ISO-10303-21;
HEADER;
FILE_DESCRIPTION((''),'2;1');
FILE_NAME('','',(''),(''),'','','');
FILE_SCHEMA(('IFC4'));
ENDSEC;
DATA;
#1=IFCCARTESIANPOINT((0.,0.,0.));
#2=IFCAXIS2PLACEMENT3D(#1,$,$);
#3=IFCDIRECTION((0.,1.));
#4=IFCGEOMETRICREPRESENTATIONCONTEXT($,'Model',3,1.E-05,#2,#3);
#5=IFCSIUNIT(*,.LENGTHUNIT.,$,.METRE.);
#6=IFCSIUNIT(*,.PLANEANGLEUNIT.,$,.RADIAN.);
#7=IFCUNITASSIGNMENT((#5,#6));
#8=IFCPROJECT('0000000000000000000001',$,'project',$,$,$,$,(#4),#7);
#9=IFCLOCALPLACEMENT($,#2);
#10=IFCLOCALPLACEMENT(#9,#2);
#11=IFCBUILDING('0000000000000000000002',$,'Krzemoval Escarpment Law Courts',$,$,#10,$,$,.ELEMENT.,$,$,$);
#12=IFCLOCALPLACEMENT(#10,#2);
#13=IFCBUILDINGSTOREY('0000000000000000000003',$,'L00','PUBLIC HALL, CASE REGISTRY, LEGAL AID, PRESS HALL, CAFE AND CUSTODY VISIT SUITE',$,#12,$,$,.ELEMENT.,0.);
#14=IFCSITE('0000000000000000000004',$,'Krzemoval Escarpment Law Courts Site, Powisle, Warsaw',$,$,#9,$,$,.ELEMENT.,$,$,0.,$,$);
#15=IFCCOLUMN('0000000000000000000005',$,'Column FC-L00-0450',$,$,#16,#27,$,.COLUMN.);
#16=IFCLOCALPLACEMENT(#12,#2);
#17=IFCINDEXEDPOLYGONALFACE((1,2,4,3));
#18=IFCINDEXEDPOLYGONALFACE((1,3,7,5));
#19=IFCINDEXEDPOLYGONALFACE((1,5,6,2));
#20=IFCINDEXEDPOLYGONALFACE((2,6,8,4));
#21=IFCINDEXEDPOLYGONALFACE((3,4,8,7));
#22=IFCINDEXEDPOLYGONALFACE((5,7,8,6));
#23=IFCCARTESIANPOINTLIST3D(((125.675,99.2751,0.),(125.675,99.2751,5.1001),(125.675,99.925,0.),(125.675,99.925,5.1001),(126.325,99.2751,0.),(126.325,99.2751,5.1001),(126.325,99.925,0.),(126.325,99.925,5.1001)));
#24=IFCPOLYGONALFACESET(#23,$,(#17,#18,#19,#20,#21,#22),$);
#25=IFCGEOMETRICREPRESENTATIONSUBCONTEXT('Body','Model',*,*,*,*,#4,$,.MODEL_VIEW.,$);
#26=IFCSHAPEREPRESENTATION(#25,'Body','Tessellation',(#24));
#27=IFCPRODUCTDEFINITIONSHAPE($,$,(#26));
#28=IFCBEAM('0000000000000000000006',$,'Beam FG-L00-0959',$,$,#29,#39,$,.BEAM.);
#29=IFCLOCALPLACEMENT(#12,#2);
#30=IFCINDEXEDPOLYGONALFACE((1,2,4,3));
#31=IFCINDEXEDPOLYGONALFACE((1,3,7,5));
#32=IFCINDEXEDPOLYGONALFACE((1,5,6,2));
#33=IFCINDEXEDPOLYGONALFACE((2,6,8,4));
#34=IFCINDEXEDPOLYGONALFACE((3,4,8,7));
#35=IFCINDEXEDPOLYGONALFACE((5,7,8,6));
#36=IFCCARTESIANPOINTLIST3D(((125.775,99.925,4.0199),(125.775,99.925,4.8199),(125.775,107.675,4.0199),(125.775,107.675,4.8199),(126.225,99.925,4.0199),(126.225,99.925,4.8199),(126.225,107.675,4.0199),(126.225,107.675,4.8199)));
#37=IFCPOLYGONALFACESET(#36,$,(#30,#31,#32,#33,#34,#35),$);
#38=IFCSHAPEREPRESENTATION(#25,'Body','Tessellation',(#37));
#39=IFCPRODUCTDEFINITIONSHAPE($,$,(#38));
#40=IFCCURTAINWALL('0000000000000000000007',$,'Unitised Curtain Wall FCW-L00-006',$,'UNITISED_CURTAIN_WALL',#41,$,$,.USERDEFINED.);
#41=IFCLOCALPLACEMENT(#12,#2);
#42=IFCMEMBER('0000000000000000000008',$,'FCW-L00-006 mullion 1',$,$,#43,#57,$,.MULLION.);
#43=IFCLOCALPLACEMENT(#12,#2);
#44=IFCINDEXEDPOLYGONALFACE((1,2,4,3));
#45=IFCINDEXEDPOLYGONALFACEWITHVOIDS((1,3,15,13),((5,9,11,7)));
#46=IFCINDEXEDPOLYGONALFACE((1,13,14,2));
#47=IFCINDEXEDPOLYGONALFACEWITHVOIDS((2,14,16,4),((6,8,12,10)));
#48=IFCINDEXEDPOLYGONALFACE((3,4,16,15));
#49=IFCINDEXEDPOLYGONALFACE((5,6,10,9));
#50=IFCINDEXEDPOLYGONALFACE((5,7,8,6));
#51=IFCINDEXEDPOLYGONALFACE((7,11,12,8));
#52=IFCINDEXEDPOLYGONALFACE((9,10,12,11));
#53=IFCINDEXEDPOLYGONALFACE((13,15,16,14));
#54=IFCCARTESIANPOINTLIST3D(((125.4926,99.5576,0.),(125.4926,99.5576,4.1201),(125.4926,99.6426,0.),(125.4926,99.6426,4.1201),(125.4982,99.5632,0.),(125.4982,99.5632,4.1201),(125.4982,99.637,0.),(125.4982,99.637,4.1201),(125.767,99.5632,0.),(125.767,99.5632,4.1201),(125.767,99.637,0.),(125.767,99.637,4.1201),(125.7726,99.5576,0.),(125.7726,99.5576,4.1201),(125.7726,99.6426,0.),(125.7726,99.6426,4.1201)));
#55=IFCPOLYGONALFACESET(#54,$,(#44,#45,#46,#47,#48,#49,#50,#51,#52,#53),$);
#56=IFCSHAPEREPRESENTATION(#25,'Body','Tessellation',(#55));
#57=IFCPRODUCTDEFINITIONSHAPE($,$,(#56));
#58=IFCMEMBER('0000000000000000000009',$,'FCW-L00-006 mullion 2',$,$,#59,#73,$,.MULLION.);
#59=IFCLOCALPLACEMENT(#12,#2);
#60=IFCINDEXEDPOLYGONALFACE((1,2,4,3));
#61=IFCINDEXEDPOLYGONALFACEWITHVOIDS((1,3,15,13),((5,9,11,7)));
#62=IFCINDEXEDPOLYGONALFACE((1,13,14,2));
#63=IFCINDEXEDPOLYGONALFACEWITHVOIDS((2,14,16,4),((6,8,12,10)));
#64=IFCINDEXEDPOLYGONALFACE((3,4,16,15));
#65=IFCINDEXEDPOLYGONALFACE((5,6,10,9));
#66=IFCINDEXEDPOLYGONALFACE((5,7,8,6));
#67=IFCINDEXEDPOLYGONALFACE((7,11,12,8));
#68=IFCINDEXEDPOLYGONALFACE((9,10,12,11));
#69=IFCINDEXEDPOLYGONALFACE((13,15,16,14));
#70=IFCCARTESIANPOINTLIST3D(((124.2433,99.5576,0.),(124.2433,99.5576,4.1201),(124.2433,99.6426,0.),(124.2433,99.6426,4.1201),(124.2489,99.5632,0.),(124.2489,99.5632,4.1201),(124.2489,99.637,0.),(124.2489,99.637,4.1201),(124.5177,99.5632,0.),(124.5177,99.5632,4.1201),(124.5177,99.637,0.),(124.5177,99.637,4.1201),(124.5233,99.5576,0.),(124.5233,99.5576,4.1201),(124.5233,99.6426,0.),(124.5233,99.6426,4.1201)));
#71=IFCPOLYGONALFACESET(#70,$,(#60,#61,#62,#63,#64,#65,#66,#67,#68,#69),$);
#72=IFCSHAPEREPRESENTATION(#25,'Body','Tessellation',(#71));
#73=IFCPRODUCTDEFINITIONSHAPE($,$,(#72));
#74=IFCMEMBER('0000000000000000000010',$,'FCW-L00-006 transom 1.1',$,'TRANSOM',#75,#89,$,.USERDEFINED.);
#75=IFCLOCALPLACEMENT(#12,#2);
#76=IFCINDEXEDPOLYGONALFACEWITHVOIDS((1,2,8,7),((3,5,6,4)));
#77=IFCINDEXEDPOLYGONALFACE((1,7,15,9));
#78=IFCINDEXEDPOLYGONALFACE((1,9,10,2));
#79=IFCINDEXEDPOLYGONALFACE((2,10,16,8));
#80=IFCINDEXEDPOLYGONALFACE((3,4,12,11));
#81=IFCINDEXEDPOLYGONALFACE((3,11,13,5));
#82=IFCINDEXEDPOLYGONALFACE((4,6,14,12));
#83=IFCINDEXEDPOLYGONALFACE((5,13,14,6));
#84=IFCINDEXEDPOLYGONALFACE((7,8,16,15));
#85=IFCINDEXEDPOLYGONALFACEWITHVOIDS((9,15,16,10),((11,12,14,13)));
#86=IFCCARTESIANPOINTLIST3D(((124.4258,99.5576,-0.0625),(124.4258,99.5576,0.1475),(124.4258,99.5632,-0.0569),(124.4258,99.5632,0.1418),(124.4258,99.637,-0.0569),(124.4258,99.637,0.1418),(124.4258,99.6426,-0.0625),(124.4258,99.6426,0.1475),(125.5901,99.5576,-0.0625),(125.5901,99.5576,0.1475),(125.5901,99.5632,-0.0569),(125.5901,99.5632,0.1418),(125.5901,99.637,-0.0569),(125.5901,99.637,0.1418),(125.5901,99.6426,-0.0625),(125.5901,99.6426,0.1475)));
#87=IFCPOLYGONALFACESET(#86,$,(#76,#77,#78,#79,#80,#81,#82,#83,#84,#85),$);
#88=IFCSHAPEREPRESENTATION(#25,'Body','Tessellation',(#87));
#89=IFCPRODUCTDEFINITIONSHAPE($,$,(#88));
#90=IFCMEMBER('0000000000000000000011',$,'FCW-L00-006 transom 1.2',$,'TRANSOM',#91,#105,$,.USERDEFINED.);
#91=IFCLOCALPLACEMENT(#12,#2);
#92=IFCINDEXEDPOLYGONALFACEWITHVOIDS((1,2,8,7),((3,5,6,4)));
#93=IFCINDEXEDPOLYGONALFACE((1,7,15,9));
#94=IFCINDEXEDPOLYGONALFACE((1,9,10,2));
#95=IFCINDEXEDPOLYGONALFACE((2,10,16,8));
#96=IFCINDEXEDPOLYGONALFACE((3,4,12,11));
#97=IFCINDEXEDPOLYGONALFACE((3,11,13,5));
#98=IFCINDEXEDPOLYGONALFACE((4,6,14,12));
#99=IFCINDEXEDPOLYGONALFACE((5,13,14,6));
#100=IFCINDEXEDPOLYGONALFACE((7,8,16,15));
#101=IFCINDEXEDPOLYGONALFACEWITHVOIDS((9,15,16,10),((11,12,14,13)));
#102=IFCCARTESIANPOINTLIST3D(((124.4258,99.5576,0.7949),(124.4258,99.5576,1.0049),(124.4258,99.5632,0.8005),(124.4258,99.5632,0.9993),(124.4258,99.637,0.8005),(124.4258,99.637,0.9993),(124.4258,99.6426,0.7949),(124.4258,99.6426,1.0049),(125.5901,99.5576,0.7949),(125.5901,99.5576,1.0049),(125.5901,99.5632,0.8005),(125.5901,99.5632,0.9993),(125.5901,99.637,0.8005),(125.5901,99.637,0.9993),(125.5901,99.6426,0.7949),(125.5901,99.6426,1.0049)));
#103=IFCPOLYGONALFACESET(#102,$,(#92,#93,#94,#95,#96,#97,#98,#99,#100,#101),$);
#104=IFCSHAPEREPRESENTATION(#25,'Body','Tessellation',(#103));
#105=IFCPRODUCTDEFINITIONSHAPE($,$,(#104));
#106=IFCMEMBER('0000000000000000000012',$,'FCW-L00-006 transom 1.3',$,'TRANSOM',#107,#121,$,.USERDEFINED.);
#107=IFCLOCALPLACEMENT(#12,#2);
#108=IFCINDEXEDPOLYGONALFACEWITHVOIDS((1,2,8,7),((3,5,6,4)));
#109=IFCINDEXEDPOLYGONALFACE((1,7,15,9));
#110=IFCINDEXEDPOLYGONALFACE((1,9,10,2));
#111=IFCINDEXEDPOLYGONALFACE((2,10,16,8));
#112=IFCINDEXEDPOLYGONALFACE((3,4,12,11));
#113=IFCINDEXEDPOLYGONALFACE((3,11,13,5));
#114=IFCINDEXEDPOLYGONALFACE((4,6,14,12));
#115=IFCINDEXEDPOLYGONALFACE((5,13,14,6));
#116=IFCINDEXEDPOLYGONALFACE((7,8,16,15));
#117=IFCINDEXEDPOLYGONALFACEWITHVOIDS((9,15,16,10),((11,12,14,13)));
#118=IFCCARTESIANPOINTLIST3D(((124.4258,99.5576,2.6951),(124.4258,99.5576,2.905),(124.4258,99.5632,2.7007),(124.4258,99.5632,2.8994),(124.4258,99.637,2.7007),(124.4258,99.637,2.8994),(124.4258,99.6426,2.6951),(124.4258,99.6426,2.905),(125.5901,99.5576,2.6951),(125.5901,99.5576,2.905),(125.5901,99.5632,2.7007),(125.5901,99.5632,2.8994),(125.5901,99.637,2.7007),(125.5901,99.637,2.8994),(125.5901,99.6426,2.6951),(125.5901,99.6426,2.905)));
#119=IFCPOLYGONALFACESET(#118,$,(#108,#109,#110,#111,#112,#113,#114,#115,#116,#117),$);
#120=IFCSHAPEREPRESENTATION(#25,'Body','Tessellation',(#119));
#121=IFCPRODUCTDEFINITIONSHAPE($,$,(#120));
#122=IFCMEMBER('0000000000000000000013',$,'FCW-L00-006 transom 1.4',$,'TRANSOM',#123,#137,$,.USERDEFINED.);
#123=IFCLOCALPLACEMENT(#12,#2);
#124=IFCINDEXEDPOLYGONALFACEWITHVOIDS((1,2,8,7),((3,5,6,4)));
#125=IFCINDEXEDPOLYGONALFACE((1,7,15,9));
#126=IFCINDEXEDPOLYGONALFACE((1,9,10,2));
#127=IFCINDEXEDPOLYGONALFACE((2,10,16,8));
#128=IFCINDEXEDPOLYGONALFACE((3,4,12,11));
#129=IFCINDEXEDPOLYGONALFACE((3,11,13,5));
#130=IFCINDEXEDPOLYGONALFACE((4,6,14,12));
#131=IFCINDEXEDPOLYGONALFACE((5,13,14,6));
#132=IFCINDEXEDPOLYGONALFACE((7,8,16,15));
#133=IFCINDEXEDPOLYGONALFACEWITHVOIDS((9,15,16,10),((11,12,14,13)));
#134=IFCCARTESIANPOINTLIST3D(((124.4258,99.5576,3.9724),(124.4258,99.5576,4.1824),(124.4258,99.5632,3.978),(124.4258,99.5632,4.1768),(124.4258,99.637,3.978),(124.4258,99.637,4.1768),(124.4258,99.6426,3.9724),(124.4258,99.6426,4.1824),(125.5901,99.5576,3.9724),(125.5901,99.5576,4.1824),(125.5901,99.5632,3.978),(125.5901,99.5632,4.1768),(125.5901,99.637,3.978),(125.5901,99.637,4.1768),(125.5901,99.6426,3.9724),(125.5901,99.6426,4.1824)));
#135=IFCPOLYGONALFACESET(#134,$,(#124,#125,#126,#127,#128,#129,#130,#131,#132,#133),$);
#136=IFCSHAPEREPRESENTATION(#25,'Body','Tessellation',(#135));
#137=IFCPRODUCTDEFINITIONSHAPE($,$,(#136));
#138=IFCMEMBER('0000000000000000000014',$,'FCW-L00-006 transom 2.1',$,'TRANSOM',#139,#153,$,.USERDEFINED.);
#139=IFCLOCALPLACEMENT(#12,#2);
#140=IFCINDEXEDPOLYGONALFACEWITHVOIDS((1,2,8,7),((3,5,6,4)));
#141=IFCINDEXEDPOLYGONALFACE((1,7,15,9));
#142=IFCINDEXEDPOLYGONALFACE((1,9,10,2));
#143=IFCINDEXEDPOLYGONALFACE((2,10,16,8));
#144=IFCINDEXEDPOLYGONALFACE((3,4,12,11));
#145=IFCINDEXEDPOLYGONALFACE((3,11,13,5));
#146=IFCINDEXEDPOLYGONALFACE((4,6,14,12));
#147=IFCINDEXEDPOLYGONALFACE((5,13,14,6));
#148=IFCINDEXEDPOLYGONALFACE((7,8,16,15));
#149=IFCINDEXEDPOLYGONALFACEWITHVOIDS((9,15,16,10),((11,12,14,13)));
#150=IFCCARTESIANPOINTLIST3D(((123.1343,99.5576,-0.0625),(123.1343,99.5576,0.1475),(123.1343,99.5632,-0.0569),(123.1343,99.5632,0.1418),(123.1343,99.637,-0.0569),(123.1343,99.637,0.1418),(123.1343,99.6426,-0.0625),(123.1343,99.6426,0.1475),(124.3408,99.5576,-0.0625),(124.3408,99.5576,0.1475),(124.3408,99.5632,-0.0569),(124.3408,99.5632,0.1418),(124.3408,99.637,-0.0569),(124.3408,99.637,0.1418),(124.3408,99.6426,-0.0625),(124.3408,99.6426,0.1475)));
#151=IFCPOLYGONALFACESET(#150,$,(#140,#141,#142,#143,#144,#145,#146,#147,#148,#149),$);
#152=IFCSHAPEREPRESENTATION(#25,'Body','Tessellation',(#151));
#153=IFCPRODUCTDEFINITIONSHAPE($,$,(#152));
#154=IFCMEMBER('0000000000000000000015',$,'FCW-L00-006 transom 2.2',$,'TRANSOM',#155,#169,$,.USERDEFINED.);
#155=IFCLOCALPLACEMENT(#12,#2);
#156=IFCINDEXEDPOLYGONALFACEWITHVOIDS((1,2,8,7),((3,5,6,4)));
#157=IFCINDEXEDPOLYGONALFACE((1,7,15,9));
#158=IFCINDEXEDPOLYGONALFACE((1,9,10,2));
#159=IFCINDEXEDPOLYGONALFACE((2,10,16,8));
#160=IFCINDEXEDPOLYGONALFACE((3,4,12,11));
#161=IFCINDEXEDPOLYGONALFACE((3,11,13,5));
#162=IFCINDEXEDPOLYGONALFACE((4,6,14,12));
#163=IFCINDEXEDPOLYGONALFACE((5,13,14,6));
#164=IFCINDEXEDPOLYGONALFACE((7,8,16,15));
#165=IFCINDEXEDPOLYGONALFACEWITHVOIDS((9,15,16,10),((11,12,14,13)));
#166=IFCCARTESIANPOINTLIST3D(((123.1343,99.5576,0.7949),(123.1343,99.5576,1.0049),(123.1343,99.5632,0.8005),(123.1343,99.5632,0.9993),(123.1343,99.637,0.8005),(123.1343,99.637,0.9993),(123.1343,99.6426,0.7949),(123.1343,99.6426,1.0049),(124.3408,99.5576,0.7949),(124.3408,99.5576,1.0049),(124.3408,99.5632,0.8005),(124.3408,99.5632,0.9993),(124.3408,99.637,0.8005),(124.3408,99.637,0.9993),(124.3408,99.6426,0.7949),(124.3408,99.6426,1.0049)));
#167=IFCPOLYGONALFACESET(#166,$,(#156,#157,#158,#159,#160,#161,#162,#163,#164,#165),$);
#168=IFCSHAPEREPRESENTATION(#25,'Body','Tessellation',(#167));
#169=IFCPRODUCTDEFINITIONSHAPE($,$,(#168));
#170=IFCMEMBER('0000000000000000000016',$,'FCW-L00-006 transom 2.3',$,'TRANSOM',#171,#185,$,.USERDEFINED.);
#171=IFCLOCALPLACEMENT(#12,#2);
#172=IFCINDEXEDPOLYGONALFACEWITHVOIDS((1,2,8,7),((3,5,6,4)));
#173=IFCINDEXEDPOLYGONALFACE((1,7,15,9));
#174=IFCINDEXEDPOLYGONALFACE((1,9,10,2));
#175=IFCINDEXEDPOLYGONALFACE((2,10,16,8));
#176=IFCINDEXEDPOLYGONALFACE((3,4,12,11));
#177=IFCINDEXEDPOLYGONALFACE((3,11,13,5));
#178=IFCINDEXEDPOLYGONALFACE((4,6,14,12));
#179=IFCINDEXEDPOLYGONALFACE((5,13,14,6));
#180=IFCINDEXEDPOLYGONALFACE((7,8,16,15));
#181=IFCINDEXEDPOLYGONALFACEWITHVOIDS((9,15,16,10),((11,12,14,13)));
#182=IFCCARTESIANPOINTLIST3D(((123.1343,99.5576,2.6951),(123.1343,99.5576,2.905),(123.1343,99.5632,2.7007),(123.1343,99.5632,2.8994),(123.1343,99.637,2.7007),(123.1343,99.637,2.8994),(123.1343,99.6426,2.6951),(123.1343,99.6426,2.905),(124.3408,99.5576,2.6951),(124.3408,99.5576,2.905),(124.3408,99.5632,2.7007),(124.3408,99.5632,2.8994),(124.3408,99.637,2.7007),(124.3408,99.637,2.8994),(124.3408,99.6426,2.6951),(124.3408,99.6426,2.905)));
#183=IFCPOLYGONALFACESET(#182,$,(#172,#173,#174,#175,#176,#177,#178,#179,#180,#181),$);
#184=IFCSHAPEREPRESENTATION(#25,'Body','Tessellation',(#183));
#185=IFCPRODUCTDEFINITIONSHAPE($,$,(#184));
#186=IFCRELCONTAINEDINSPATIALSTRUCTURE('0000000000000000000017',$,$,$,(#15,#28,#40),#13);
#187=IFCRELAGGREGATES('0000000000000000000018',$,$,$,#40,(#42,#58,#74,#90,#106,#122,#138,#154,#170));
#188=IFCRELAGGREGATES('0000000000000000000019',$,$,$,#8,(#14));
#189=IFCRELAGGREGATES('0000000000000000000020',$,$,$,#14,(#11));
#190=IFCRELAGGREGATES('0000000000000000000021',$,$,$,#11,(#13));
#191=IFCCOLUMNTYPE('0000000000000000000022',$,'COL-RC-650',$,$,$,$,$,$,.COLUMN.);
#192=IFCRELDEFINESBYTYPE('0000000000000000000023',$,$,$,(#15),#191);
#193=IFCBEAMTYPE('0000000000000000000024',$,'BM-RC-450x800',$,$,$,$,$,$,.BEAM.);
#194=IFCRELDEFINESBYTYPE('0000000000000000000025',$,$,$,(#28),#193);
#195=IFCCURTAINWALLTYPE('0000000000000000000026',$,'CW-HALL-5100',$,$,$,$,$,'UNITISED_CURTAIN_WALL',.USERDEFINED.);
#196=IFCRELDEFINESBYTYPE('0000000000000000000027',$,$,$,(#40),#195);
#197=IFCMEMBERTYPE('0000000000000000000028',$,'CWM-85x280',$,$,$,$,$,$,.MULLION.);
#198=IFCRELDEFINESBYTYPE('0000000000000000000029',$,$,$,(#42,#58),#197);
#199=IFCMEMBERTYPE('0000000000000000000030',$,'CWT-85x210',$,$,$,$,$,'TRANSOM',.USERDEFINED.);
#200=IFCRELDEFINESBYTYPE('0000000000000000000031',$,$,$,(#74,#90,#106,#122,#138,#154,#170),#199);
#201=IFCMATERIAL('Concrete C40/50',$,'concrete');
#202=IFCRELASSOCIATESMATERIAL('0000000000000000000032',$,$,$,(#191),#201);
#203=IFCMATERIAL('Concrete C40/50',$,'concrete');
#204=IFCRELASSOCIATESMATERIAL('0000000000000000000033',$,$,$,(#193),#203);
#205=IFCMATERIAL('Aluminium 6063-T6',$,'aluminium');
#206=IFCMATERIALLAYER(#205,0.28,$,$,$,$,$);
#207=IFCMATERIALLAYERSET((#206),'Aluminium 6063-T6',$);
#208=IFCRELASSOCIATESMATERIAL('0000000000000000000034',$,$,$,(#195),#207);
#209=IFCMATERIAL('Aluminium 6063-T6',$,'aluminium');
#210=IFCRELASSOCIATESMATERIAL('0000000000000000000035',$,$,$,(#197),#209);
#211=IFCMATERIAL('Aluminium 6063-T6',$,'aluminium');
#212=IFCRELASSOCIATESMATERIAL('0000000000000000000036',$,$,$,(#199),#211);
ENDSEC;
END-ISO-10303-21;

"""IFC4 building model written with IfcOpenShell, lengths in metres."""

from ifc_helpers import new_model, si_unit, direction, frame, origin, origin_2d, place, context, subcontext, project, spatial, rectangle, hollow_rectangle, extrude, material, layer, layer_set, material_profile, profile_set, type_object, element, aggregate, save


model = new_model("IFC4")

# Units and contexts
model_context = context("Model", 3, precision=1e-05, world=origin(), true_north=direction((0.0, 1.0)))
body_context = subcontext(model_context, "Body", "Model", "MODEL_VIEW")
ifc_project = project(units=[si_unit("LENGTHUNIT", "METRE"), si_unit("PLANEANGLEUNIT", "RADIAN")], contexts=[model_context])

# Site, building, storey
site_placement = place(None, origin())
site = spatial("IfcSite", under=ifc_project, at=site_placement, Name="Krzemoval Escarpment Law Courts Site, Powisle, Warsaw", CompositionType="ELEMENT", RefElevation=0.0)
building_placement = place(site_placement, origin())
building = spatial("IfcBuilding", under=site, at=building_placement, Name="Krzemoval Escarpment Law Courts", CompositionType="ELEMENT")
storey_placement = place(building_placement, origin())
storey = spatial("IfcBuildingStorey", under=building, at=storey_placement, Name="L00", Description="PUBLIC HALL, CASE REGISTRY, LEGAL AID, PRESS HALL, CAFE AND CUSTODY VISIT SUITE", CompositionType="ELEMENT", Elevation=0.0)

# Column
ifc_material_1 = material(Name="Concrete C40/50", Category="concrete")
ifc_material_profile_1 = material_profile(ifc_material_1, rectangle(XDim=0.6499, YDim=0.6499, at=origin_2d()), Name="RC 650x650")
ifc_profile_set_1 = profile_set([ifc_material_profile_1], Name="Concrete C40/50")
column_type = type_object("IfcColumnType", Name="COL-RC-650", PredefinedType="COLUMN", material=ifc_profile_set_1)
column_placement = place(storey_placement, frame((126.0, 99.6001, 0.0), z_axis=(0.0, 0.0, 1.0), x_axis=(1.0, 0.0, 0.0)))
element("IfcColumn", 1, at=column_placement, inside=storey, type_object=column_type, Name="Column FC-L00-0450", PredefinedType="COLUMN", context=body_context, shape_type="SweptSolid", body=[
    extrude(rectangle(XDim=0.6499, YDim=0.6499, at=origin_2d()), origin(), (0.0, 0.0, 1.0), 5.1001),
])

# Beam
ifc_material_2 = material(Name="Concrete C40/50", Category="concrete")
ifc_material_profile_2 = material_profile(ifc_material_2, rectangle(XDim=0.45, YDim=0.8, at=origin_2d()), Name="RCB 450x800")
ifc_profile_set_2 = profile_set([ifc_material_profile_2], Name="Concrete C40/50")
beam_type = type_object("IfcBeamType", Name="BM-RC-450x800", PredefinedType="BEAM", material=ifc_profile_set_2)
beam_placement = place(storey_placement, frame((126.0, 99.925, 4.4199), z_axis=(0.0, 1.0, 0.0), x_axis=(-1.0, 0.0, 0.0)))
element("IfcBeam", 2, at=beam_placement, inside=storey, type_object=beam_type, Name="Beam FG-L00-0959", PredefinedType="BEAM", context=body_context, shape_type="SweptSolid", body=[
    extrude(rectangle(XDim=0.45, YDim=0.8, at=origin_2d()), origin(), (0.0, 0.0, 1.0), 7.75),
])

# Curtain wall, members
ifc_material_3 = material(Name="Aluminium 6063-T6", Category="aluminium")
ifc_layer_1 = layer(ifc_material_3, 0.28)
ifc_layer_set_1 = layer_set([ifc_layer_1], Name="Aluminium 6063-T6")
curtain_wall_type = type_object("IfcCurtainWallType", Name="CW-HALL-5100", ElementType="UNITISED_CURTAIN_WALL", PredefinedType="USERDEFINED", material=ifc_layer_set_1)
curtain_wall_placement = place(storey_placement, origin())
curtain_wall = element("IfcCurtainWall", 3, at=curtain_wall_placement, inside=storey, type_object=curtain_wall_type, Name="Unitised Curtain Wall FCW-L00-006", ObjectType="UNITISED_CURTAIN_WALL", PredefinedType="USERDEFINED")
ifc_material_4 = material(Name="Aluminium 6063-T6", Category="aluminium")
ifc_material_profile_3 = material_profile(ifc_material_4, hollow_rectangle(XDim=0.085, YDim=0.28, WallThickness=0.0056, at=origin_2d()), Name="ALU M85x280")
ifc_profile_set_3 = profile_set([ifc_material_profile_3], Name="Aluminium 6063-T6")
member_type_1 = type_object("IfcMemberType", Name="CWM-85x280", PredefinedType="MULLION", material=ifc_profile_set_3)
member_1_placement = place(storey_placement, frame((125.6326, 99.6001, 0.0), z_axis=(0.0, 0.0, 1.0), x_axis=(0.0, -1.0, 0.0)))
member_1 = element("IfcMember", 4, at=member_1_placement, type_object=member_type_1, Name="FCW-L00-006 mullion 1", PredefinedType="MULLION", context=body_context, shape_type="SweptSolid", body=[
    extrude(hollow_rectangle(XDim=0.085, YDim=0.28, WallThickness=0.0056, at=origin_2d()), origin(), (0.0, 0.0, 1.0), 4.1201),
])
member_2_placement = place(storey_placement, frame((124.3833, 99.6001, 0.0), z_axis=(0.0, 0.0, 1.0), x_axis=(0.0, -1.0, 0.0)))
member_2 = element("IfcMember", 5, at=member_2_placement, type_object=member_type_1, Name="FCW-L00-006 mullion 2", PredefinedType="MULLION", context=body_context, shape_type="SweptSolid", body=[
    extrude(hollow_rectangle(XDim=0.085, YDim=0.28, WallThickness=0.0056, at=origin_2d()), origin(), (0.0, 0.0, 1.0), 4.1201),
])
ifc_material_5 = material(Name="Aluminium 6063-T6", Category="aluminium")
ifc_material_profile_4 = material_profile(ifc_material_5, hollow_rectangle(XDim=0.085, YDim=0.21, WallThickness=0.0056, at=origin_2d()), Name="ALU T85x210")
ifc_profile_set_4 = profile_set([ifc_material_profile_4], Name="Aluminium 6063-T6")
member_type_2 = type_object("IfcMemberType", Name="CWT-85x210", ElementType="TRANSOM", PredefinedType="USERDEFINED", material=ifc_profile_set_4)
member_3_placement = place(storey_placement, frame((125.5901, 99.6001, 0.0425), z_axis=(-1.0, 0.0, 0.0), x_axis=(0.0, -1.0, 0.0)))
member_3 = element("IfcMember", 6, at=member_3_placement, type_object=member_type_2, Name="FCW-L00-006 transom 1.1", ObjectType="TRANSOM", PredefinedType="USERDEFINED", context=body_context, shape_type="SweptSolid", body=[
    extrude(hollow_rectangle(XDim=0.085, YDim=0.21, WallThickness=0.0056, at=origin_2d()), origin(), (0.0, 0.0, 1.0), 1.1643),
])
member_4_placement = place(storey_placement, frame((125.5901, 99.6001, 0.8999), z_axis=(-1.0, 0.0, 0.0), x_axis=(0.0, -1.0, 0.0)))
member_4 = element("IfcMember", 7, at=member_4_placement, type_object=member_type_2, Name="FCW-L00-006 transom 1.2", ObjectType="TRANSOM", PredefinedType="USERDEFINED", context=body_context, shape_type="SweptSolid", body=[
    extrude(hollow_rectangle(XDim=0.085, YDim=0.21, WallThickness=0.0056, at=origin_2d()), origin(), (0.0, 0.0, 1.0), 1.1643),
])
member_5_placement = place(storey_placement, frame((125.5901, 99.6001, 2.8), z_axis=(-1.0, 0.0, 0.0), x_axis=(0.0, -1.0, 0.0)))
member_5 = element("IfcMember", 8, at=member_5_placement, type_object=member_type_2, Name="FCW-L00-006 transom 1.3", ObjectType="TRANSOM", PredefinedType="USERDEFINED", context=body_context, shape_type="SweptSolid", body=[
    extrude(hollow_rectangle(XDim=0.085, YDim=0.21, WallThickness=0.0056, at=origin_2d()), origin(), (0.0, 0.0, 1.0), 1.1643),
])
member_6_placement = place(storey_placement, frame((125.5901, 99.6001, 4.0774), z_axis=(-1.0, 0.0, 0.0), x_axis=(0.0, -1.0, 0.0)))
member_6 = element("IfcMember", 9, at=member_6_placement, type_object=member_type_2, Name="FCW-L00-006 transom 1.4", ObjectType="TRANSOM", PredefinedType="USERDEFINED", context=body_context, shape_type="SweptSolid", body=[
    extrude(hollow_rectangle(XDim=0.085, YDim=0.21, WallThickness=0.0056, at=origin_2d()), origin(), (0.0, 0.0, 1.0), 1.1643),
])
member_7_placement = place(storey_placement, frame((124.3408, 99.6001, 0.0425), z_axis=(-1.0, 0.0, 0.0), x_axis=(0.0, -1.0, 0.0)))
member_7 = element("IfcMember", 10, at=member_7_placement, type_object=member_type_2, Name="FCW-L00-006 transom 2.1", ObjectType="TRANSOM", PredefinedType="USERDEFINED", context=body_context, shape_type="SweptSolid", body=[
    extrude(hollow_rectangle(XDim=0.085, YDim=0.21, WallThickness=0.0056, at=origin_2d()), origin(), (0.0, 0.0, 1.0), 1.2065),
])
member_8_placement = place(storey_placement, frame((124.3408, 99.6001, 0.8999), z_axis=(-1.0, 0.0, 0.0), x_axis=(0.0, -1.0, 0.0)))
member_8 = element("IfcMember", 11, at=member_8_placement, type_object=member_type_2, Name="FCW-L00-006 transom 2.2", ObjectType="TRANSOM", PredefinedType="USERDEFINED", context=body_context, shape_type="SweptSolid", body=[
    extrude(hollow_rectangle(XDim=0.085, YDim=0.21, WallThickness=0.0056, at=origin_2d()), origin(), (0.0, 0.0, 1.0), 1.2065),
])
member_9_placement = place(storey_placement, frame((124.3408, 99.6001, 2.8), z_axis=(-1.0, 0.0, 0.0), x_axis=(0.0, -1.0, 0.0)))
member_9 = element("IfcMember", 12, at=member_9_placement, type_object=member_type_2, Name="FCW-L00-006 transom 2.3", ObjectType="TRANSOM", PredefinedType="USERDEFINED", context=body_context, shape_type="SweptSolid", body=[
    extrude(hollow_rectangle(XDim=0.085, YDim=0.21, WallThickness=0.0056, at=origin_2d()), origin(), (0.0, 0.0, 1.0), 1.2065),
])
aggregate(curtain_wall, [member_1, member_2, member_3, member_4, member_5, member_6, member_7, member_8, member_9])

save(model, "model.ifc")
